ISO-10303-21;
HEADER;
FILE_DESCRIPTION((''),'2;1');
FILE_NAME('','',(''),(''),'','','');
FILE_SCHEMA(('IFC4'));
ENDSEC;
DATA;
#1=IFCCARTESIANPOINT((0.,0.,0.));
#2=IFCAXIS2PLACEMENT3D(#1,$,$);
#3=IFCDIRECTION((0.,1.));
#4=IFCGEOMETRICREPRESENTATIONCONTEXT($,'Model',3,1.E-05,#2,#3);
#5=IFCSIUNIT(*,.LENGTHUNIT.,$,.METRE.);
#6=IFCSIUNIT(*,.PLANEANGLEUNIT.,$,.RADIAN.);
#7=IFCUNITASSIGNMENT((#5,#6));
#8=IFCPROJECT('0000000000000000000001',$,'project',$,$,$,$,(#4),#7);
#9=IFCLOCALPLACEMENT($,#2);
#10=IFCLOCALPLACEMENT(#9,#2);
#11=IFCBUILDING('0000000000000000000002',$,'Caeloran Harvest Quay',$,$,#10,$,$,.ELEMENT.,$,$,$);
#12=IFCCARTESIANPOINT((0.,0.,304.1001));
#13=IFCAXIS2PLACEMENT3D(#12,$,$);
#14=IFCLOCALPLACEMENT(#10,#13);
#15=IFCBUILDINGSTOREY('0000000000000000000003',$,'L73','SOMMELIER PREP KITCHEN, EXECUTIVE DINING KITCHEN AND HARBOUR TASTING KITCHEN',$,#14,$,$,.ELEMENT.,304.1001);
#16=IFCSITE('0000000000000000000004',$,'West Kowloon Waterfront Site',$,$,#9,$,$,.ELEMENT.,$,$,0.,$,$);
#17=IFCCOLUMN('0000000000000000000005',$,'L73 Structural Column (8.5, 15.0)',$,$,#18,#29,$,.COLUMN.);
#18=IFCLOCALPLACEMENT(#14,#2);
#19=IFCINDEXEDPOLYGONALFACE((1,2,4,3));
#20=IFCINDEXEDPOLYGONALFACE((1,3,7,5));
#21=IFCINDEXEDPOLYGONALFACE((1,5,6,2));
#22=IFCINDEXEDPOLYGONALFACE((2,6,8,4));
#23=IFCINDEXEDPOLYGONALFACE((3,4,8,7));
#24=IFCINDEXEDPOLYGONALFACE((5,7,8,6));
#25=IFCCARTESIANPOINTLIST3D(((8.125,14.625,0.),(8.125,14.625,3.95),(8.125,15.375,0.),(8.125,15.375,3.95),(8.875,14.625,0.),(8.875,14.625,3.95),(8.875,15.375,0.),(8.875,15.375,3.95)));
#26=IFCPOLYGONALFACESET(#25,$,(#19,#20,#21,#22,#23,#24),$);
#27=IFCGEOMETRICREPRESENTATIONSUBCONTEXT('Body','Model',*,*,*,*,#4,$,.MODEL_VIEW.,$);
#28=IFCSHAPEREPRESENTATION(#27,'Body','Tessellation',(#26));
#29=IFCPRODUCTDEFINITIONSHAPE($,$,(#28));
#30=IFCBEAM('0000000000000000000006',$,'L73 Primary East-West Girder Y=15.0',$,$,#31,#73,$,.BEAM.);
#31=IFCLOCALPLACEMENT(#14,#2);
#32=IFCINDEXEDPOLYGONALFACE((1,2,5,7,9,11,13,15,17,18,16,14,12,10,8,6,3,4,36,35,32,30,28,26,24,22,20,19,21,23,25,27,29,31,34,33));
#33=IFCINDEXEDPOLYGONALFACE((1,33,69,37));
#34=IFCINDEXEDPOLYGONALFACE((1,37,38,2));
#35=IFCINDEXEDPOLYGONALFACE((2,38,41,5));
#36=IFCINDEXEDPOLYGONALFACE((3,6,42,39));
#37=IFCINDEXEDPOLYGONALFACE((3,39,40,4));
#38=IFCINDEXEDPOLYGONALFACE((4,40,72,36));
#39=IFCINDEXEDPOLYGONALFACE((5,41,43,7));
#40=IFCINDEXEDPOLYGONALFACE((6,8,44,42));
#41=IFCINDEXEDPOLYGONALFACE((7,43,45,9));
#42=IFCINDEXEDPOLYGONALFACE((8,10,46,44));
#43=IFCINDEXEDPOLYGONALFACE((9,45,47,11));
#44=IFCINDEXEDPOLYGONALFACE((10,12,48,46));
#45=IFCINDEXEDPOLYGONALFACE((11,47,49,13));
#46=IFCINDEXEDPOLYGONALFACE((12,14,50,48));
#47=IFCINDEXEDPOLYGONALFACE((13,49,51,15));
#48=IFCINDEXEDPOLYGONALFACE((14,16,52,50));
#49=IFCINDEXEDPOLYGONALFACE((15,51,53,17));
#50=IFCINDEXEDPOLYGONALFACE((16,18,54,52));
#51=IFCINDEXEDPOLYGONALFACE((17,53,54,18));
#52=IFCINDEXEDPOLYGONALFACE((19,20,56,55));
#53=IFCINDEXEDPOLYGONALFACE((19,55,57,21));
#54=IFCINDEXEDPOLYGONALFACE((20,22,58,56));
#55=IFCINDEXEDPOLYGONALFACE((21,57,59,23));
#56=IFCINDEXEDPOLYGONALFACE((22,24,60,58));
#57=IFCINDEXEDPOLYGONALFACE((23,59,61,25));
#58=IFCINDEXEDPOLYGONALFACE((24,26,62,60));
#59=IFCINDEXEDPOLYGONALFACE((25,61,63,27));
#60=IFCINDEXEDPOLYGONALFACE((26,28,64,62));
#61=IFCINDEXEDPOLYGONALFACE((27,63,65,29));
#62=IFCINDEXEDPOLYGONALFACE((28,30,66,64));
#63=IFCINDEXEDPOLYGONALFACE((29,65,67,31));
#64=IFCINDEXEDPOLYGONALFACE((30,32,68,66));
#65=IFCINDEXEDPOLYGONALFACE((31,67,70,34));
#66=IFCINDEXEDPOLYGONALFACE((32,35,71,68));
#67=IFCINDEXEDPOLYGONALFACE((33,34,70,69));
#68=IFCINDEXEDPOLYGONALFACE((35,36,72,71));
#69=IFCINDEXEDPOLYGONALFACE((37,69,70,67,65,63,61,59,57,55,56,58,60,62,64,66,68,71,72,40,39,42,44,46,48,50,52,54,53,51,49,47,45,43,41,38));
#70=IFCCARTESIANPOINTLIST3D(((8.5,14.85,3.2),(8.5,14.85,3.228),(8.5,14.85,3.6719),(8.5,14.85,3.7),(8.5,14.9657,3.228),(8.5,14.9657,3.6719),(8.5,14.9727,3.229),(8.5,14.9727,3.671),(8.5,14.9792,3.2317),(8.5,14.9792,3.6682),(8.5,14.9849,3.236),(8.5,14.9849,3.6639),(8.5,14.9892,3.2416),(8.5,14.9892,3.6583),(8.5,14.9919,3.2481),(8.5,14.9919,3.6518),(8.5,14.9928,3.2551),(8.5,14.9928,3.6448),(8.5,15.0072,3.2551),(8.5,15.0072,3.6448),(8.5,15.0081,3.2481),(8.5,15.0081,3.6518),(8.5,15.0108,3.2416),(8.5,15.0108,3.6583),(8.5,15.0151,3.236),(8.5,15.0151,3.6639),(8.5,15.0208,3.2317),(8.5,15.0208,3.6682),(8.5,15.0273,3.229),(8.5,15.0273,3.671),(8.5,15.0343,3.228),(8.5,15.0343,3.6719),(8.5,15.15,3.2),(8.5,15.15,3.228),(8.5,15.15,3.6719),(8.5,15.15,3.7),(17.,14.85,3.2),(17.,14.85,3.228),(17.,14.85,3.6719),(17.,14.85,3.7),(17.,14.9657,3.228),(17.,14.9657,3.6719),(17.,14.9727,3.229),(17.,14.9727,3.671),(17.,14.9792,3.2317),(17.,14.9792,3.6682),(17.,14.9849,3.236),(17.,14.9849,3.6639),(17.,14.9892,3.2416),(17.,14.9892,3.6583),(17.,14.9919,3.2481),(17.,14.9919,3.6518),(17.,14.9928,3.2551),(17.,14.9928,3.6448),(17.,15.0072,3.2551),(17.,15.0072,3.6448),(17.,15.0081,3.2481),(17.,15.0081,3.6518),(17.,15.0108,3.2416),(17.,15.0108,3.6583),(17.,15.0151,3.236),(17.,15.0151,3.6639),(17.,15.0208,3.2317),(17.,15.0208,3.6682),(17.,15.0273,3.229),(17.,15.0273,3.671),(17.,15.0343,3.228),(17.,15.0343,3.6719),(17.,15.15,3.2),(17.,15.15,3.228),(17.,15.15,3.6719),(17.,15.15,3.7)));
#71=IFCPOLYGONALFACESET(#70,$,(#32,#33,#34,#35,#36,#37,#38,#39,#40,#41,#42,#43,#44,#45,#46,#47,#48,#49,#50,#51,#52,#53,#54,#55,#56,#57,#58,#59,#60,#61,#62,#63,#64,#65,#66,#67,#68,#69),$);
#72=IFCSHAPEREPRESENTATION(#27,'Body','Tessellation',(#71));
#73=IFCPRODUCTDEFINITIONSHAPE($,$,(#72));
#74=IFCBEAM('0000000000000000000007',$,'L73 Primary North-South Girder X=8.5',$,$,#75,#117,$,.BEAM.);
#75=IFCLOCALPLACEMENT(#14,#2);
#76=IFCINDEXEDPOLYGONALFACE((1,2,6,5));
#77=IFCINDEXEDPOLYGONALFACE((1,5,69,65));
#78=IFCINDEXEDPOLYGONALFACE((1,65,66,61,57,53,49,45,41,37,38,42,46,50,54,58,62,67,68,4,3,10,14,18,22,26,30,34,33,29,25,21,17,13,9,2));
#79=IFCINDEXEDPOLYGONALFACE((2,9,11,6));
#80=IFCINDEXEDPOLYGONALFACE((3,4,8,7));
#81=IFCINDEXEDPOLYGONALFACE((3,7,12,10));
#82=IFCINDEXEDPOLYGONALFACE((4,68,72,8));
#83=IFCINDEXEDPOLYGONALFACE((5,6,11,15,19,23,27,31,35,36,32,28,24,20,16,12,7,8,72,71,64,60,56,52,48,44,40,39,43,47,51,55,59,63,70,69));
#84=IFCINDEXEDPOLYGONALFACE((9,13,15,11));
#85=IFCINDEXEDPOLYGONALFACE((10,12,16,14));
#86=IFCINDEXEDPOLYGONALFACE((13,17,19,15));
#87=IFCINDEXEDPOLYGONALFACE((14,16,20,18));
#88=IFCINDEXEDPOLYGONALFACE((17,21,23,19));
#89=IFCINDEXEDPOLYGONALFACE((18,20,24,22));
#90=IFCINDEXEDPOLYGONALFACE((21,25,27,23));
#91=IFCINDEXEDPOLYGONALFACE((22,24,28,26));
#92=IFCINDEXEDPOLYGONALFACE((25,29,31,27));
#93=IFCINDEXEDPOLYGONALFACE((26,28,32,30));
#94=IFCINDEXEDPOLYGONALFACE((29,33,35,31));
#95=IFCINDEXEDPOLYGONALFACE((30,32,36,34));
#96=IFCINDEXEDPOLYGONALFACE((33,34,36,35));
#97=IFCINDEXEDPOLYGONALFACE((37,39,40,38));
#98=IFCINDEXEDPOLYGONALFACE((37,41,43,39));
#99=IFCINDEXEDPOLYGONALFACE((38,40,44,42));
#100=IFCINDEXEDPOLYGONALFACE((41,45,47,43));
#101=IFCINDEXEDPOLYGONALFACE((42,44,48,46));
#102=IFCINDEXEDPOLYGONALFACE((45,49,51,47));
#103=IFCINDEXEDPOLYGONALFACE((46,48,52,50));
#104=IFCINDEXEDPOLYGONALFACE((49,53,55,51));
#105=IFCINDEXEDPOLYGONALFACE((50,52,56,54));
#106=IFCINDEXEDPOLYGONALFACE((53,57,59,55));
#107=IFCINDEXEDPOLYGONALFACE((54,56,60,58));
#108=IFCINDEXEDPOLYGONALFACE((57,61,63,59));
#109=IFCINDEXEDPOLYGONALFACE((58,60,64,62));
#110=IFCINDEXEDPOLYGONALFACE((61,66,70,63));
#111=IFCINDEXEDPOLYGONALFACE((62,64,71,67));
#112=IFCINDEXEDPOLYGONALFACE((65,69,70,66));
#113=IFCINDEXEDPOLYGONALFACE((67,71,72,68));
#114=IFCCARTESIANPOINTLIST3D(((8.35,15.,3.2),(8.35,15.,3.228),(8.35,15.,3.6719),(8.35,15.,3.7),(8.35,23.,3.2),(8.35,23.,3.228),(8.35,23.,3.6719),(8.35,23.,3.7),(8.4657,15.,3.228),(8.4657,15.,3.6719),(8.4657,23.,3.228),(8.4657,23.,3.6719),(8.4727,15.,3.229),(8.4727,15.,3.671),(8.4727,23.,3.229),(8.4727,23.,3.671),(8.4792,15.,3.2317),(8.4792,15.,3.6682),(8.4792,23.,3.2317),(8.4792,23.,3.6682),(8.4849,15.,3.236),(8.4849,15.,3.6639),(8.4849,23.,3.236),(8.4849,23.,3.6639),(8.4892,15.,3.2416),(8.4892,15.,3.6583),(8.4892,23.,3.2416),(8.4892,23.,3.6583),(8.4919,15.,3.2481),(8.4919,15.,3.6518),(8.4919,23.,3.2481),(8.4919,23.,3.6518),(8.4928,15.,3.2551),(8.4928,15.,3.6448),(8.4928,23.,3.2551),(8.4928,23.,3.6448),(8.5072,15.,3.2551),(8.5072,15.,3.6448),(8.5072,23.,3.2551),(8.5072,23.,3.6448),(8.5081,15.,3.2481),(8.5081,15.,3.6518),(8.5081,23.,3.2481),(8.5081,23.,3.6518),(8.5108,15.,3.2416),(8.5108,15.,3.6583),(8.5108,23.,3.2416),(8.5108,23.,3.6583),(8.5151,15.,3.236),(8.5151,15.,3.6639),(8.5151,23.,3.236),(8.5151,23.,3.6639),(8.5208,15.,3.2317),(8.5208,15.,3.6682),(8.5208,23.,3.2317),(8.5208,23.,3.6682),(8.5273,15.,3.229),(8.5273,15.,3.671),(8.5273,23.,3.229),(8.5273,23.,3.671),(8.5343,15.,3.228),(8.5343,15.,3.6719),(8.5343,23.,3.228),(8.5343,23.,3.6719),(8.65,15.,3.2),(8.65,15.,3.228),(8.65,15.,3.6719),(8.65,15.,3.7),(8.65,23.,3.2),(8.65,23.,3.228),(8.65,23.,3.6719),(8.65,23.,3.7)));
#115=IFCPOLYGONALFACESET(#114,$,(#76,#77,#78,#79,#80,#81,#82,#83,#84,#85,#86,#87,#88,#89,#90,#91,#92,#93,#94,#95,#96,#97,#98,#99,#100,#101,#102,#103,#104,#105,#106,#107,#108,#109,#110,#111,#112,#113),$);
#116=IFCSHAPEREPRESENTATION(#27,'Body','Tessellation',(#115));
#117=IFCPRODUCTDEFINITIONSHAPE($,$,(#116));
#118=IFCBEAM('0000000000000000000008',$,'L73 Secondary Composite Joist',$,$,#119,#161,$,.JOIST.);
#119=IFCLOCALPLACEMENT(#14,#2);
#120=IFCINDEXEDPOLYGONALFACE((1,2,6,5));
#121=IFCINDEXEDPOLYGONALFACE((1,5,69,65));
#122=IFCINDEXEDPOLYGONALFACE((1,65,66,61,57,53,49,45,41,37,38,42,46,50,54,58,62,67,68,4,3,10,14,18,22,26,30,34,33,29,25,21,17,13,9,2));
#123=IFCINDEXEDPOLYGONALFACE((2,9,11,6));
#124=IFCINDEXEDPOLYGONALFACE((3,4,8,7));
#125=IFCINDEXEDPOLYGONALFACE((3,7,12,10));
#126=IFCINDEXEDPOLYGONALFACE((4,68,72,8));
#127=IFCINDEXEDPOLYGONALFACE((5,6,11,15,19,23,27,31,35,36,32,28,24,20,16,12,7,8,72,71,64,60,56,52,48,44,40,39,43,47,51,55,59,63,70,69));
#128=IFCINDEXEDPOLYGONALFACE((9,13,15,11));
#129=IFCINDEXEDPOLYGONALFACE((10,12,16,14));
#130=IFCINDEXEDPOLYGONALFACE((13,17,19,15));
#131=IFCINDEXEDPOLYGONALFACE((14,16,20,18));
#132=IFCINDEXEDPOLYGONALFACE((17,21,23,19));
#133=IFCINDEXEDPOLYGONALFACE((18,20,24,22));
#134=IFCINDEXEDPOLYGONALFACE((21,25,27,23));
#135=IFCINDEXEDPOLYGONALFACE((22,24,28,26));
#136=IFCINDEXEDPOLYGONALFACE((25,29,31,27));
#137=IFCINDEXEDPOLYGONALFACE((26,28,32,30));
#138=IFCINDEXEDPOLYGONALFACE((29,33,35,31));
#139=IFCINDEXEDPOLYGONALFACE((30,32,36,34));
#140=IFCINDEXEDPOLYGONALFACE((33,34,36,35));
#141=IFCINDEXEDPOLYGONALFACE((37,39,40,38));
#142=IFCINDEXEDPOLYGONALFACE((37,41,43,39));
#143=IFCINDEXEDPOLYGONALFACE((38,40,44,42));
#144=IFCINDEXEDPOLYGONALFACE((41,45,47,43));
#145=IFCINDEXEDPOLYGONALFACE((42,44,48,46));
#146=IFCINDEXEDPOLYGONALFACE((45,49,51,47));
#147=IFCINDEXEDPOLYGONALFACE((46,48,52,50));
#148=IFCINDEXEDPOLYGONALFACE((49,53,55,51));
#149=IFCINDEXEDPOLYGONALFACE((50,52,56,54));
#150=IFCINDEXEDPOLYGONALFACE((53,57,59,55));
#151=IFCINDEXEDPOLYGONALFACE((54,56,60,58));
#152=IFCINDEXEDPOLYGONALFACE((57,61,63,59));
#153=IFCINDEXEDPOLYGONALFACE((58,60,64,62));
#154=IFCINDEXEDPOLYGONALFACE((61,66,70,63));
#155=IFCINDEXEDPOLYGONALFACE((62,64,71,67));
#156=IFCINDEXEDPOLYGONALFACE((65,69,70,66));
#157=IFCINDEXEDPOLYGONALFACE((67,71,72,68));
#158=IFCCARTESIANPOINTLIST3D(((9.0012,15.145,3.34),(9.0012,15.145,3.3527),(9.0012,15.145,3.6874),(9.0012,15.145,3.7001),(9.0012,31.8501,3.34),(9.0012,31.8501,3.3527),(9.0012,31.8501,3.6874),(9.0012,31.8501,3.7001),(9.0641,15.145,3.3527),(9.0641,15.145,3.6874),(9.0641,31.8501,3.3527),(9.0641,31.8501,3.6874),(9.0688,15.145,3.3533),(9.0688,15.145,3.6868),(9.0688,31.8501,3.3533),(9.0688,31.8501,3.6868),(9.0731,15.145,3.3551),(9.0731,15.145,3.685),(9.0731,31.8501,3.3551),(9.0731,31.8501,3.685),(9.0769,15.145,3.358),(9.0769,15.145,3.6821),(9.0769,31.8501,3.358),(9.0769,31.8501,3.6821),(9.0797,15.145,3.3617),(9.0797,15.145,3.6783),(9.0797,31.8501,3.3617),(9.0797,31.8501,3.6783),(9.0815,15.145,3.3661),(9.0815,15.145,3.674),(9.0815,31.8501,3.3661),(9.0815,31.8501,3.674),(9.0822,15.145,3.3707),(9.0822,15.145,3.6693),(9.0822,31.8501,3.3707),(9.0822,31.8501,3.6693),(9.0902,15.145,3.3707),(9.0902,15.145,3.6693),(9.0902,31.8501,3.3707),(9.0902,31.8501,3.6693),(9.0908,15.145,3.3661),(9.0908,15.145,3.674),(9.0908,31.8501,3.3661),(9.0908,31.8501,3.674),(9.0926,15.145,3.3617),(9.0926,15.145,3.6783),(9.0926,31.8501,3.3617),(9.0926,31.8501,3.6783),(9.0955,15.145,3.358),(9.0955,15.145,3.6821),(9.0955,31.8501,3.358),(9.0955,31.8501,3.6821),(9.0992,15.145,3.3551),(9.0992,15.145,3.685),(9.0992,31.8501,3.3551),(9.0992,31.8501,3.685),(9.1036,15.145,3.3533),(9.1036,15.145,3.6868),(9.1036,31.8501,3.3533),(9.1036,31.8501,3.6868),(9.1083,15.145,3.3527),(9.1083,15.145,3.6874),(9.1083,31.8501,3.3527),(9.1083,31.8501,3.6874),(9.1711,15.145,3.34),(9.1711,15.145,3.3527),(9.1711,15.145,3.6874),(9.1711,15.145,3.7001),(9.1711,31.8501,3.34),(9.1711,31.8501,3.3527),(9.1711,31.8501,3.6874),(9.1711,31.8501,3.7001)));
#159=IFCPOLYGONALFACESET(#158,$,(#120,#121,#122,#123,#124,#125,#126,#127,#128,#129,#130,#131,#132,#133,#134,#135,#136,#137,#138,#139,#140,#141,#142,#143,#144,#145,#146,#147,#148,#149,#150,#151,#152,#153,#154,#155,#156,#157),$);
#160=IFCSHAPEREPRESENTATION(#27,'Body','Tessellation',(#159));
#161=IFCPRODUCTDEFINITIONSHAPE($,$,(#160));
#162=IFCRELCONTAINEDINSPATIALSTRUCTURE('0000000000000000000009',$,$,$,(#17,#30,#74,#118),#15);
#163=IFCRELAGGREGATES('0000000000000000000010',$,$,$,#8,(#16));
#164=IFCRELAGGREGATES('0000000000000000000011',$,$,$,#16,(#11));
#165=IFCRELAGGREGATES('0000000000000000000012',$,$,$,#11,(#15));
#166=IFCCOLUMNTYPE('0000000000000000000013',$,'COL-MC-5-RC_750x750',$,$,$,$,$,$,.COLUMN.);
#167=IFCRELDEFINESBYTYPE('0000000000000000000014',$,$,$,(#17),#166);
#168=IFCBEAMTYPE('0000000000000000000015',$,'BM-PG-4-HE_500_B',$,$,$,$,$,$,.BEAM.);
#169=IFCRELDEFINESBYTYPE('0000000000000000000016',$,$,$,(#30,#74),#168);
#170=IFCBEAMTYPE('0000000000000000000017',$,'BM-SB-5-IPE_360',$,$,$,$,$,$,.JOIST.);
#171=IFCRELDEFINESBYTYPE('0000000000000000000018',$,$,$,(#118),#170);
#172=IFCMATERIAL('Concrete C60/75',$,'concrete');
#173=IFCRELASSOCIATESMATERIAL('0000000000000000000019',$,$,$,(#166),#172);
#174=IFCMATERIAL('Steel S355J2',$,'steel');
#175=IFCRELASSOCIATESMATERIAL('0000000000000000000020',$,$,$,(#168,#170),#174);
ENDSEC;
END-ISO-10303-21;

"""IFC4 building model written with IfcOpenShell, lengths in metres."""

from ifc_helpers import new_model, si_unit, direction, frame, origin, origin_2d, place, context, subcontext, project, spatial, rectangle, i_section, extrude, material, material_profile, profile_set, type_object, element, save


model = new_model("IFC4")

# Units and contexts
model_context = context("Model", 3, precision=1e-05, world=origin(), true_north=direction((0.0, 1.0)))
body_context = subcontext(model_context, "Body", "Model", "MODEL_VIEW")
ifc_project = project(units=[si_unit("LENGTHUNIT", "METRE"), si_unit("PLANEANGLEUNIT", "RADIAN")], contexts=[model_context])

# Site, building, storey
site_placement = place(None, origin())
site = spatial("IfcSite", under=ifc_project, at=site_placement, Name="West Kowloon Waterfront Site", CompositionType="ELEMENT", RefElevation=0.0)
building_placement = place(site_placement, origin())
building = spatial("IfcBuilding", under=site, at=building_placement, Name="Caeloran Harvest Quay", CompositionType="ELEMENT")
storey_placement = place(building_placement, frame((0.0, 0.0, 304.1001)))
storey = spatial("IfcBuildingStorey", under=building, at=storey_placement, Name="L73", Description="SOMMELIER PREP KITCHEN, EXECUTIVE DINING KITCHEN AND HARBOUR TASTING KITCHEN", CompositionType="ELEMENT", Elevation=304.1001)

# Column
ifc_material_1 = material(Name="Concrete C60/75", Category="concrete")
ifc_material_profile_1 = material_profile(ifc_material_1, rectangle(XDim=0.75, YDim=0.75, at=origin_2d()), Name="RC 750x750")
ifc_profile_set_1 = profile_set([ifc_material_profile_1], Name="Concrete C60/75")
column_type = type_object("IfcColumnType", Name="COL-MC-5-RC_750x750", PredefinedType="COLUMN", material=ifc_profile_set_1)
column_placement = place(storey_placement, frame((8.5, 15.0, 0.0), z_axis=(0.0, 0.0, 1.0), x_axis=(1.0, 0.0, 0.0)))
element("IfcColumn", 1, at=column_placement, inside=storey, type_object=column_type, Name="L73 Structural Column (8.5, 15.0)", PredefinedType="COLUMN", context=body_context, shape_type="SweptSolid", body=[
    extrude(rectangle(XDim=0.75, YDim=0.75, at=origin_2d()), origin(), (0.0, 0.0, 1.0), 3.95),
])

# Beams
ifc_material_2 = material(Name="Steel S355J2", Category="steel")
ifc_material_profile_2 = material_profile(ifc_material_2, i_section(OverallWidth=0.3, OverallDepth=0.5, WebThickness=0.0144, FlangeThickness=0.0281, FilletRadius=0.0271, at=origin_2d()), Name="HE 500 B")
ifc_profile_set_2 = profile_set([ifc_material_profile_2], Name="Steel S355J2")
beam_type_1 = type_object("IfcBeamType", Name="BM-PG-4-HE_500_B", PredefinedType="BEAM", material=ifc_profile_set_2)
beam_1_placement = place(storey_placement, frame((8.5, 15.0, 3.45), z_axis=(1.0, 0.0, 0.0), x_axis=(0.0, 1.0, 0.0)))
element("IfcBeam", 2, at=beam_1_placement, inside=storey, type_object=beam_type_1, Name="L73 Primary East-West Girder Y=15.0", PredefinedType="BEAM", context=body_context, shape_type="SweptSolid", body=[
    extrude(i_section(OverallWidth=0.3, OverallDepth=0.5, WebThickness=0.0144, FlangeThickness=0.0281, FilletRadius=0.0271, at=origin_2d()), origin(), (0.0, 0.0, 1.0), 8.5),
])
beam_2_placement = place(storey_placement, frame((8.5, 15.0, 3.45), z_axis=(0.0, 1.0, 0.0), x_axis=(-1.0, 0.0, 0.0)))
element("IfcBeam", 3, at=beam_2_placement, inside=storey, type_object=beam_type_1, Name="L73 Primary North-South Girder X=8.5", PredefinedType="BEAM", context=body_context, shape_type="SweptSolid", body=[
    extrude(i_section(OverallWidth=0.3, OverallDepth=0.5, WebThickness=0.0144, FlangeThickness=0.0281, FilletRadius=0.0271, at=origin_2d()), origin(), (0.0, 0.0, 1.0), 8.0),
])
ifc_material_profile_3 = material_profile(ifc_material_2, i_section(OverallWidth=0.1699, OverallDepth=0.3601, WebThickness=0.0081, FlangeThickness=0.0127, FilletRadius=0.0181, at=origin_2d()), Name="IPE 360")
ifc_profile_set_3 = profile_set([ifc_material_profile_3], Name="Steel S355J2")
beam_type_2 = type_object("IfcBeamType", Name="BM-SB-5-IPE_360", PredefinedType="JOIST", material=ifc_profile_set_3)
for number, where, z_axis, x_axis, name in (
    (4, (9.0862, 15.145, 3.52), (0.0, 1.0, 0.0), (-1.0, 0.0, 0.0), "L73 Secondary Composite Joist"),
):
    element("IfcBeam", number, at=place(storey_placement, frame(where, z_axis=z_axis, x_axis=x_axis)), inside=storey, type_object=beam_type_2, Name=name, PredefinedType="JOIST", context=body_context, shape_type="SweptSolid", body=[
        extrude(i_section(OverallWidth=0.1699, OverallDepth=0.3601, WebThickness=0.0081, FlangeThickness=0.0127, FilletRadius=0.0181, at=origin_2d()), origin(), (0.0, 0.0, 1.0), 16.7051),
    ])

save(model, "model.ifc")
